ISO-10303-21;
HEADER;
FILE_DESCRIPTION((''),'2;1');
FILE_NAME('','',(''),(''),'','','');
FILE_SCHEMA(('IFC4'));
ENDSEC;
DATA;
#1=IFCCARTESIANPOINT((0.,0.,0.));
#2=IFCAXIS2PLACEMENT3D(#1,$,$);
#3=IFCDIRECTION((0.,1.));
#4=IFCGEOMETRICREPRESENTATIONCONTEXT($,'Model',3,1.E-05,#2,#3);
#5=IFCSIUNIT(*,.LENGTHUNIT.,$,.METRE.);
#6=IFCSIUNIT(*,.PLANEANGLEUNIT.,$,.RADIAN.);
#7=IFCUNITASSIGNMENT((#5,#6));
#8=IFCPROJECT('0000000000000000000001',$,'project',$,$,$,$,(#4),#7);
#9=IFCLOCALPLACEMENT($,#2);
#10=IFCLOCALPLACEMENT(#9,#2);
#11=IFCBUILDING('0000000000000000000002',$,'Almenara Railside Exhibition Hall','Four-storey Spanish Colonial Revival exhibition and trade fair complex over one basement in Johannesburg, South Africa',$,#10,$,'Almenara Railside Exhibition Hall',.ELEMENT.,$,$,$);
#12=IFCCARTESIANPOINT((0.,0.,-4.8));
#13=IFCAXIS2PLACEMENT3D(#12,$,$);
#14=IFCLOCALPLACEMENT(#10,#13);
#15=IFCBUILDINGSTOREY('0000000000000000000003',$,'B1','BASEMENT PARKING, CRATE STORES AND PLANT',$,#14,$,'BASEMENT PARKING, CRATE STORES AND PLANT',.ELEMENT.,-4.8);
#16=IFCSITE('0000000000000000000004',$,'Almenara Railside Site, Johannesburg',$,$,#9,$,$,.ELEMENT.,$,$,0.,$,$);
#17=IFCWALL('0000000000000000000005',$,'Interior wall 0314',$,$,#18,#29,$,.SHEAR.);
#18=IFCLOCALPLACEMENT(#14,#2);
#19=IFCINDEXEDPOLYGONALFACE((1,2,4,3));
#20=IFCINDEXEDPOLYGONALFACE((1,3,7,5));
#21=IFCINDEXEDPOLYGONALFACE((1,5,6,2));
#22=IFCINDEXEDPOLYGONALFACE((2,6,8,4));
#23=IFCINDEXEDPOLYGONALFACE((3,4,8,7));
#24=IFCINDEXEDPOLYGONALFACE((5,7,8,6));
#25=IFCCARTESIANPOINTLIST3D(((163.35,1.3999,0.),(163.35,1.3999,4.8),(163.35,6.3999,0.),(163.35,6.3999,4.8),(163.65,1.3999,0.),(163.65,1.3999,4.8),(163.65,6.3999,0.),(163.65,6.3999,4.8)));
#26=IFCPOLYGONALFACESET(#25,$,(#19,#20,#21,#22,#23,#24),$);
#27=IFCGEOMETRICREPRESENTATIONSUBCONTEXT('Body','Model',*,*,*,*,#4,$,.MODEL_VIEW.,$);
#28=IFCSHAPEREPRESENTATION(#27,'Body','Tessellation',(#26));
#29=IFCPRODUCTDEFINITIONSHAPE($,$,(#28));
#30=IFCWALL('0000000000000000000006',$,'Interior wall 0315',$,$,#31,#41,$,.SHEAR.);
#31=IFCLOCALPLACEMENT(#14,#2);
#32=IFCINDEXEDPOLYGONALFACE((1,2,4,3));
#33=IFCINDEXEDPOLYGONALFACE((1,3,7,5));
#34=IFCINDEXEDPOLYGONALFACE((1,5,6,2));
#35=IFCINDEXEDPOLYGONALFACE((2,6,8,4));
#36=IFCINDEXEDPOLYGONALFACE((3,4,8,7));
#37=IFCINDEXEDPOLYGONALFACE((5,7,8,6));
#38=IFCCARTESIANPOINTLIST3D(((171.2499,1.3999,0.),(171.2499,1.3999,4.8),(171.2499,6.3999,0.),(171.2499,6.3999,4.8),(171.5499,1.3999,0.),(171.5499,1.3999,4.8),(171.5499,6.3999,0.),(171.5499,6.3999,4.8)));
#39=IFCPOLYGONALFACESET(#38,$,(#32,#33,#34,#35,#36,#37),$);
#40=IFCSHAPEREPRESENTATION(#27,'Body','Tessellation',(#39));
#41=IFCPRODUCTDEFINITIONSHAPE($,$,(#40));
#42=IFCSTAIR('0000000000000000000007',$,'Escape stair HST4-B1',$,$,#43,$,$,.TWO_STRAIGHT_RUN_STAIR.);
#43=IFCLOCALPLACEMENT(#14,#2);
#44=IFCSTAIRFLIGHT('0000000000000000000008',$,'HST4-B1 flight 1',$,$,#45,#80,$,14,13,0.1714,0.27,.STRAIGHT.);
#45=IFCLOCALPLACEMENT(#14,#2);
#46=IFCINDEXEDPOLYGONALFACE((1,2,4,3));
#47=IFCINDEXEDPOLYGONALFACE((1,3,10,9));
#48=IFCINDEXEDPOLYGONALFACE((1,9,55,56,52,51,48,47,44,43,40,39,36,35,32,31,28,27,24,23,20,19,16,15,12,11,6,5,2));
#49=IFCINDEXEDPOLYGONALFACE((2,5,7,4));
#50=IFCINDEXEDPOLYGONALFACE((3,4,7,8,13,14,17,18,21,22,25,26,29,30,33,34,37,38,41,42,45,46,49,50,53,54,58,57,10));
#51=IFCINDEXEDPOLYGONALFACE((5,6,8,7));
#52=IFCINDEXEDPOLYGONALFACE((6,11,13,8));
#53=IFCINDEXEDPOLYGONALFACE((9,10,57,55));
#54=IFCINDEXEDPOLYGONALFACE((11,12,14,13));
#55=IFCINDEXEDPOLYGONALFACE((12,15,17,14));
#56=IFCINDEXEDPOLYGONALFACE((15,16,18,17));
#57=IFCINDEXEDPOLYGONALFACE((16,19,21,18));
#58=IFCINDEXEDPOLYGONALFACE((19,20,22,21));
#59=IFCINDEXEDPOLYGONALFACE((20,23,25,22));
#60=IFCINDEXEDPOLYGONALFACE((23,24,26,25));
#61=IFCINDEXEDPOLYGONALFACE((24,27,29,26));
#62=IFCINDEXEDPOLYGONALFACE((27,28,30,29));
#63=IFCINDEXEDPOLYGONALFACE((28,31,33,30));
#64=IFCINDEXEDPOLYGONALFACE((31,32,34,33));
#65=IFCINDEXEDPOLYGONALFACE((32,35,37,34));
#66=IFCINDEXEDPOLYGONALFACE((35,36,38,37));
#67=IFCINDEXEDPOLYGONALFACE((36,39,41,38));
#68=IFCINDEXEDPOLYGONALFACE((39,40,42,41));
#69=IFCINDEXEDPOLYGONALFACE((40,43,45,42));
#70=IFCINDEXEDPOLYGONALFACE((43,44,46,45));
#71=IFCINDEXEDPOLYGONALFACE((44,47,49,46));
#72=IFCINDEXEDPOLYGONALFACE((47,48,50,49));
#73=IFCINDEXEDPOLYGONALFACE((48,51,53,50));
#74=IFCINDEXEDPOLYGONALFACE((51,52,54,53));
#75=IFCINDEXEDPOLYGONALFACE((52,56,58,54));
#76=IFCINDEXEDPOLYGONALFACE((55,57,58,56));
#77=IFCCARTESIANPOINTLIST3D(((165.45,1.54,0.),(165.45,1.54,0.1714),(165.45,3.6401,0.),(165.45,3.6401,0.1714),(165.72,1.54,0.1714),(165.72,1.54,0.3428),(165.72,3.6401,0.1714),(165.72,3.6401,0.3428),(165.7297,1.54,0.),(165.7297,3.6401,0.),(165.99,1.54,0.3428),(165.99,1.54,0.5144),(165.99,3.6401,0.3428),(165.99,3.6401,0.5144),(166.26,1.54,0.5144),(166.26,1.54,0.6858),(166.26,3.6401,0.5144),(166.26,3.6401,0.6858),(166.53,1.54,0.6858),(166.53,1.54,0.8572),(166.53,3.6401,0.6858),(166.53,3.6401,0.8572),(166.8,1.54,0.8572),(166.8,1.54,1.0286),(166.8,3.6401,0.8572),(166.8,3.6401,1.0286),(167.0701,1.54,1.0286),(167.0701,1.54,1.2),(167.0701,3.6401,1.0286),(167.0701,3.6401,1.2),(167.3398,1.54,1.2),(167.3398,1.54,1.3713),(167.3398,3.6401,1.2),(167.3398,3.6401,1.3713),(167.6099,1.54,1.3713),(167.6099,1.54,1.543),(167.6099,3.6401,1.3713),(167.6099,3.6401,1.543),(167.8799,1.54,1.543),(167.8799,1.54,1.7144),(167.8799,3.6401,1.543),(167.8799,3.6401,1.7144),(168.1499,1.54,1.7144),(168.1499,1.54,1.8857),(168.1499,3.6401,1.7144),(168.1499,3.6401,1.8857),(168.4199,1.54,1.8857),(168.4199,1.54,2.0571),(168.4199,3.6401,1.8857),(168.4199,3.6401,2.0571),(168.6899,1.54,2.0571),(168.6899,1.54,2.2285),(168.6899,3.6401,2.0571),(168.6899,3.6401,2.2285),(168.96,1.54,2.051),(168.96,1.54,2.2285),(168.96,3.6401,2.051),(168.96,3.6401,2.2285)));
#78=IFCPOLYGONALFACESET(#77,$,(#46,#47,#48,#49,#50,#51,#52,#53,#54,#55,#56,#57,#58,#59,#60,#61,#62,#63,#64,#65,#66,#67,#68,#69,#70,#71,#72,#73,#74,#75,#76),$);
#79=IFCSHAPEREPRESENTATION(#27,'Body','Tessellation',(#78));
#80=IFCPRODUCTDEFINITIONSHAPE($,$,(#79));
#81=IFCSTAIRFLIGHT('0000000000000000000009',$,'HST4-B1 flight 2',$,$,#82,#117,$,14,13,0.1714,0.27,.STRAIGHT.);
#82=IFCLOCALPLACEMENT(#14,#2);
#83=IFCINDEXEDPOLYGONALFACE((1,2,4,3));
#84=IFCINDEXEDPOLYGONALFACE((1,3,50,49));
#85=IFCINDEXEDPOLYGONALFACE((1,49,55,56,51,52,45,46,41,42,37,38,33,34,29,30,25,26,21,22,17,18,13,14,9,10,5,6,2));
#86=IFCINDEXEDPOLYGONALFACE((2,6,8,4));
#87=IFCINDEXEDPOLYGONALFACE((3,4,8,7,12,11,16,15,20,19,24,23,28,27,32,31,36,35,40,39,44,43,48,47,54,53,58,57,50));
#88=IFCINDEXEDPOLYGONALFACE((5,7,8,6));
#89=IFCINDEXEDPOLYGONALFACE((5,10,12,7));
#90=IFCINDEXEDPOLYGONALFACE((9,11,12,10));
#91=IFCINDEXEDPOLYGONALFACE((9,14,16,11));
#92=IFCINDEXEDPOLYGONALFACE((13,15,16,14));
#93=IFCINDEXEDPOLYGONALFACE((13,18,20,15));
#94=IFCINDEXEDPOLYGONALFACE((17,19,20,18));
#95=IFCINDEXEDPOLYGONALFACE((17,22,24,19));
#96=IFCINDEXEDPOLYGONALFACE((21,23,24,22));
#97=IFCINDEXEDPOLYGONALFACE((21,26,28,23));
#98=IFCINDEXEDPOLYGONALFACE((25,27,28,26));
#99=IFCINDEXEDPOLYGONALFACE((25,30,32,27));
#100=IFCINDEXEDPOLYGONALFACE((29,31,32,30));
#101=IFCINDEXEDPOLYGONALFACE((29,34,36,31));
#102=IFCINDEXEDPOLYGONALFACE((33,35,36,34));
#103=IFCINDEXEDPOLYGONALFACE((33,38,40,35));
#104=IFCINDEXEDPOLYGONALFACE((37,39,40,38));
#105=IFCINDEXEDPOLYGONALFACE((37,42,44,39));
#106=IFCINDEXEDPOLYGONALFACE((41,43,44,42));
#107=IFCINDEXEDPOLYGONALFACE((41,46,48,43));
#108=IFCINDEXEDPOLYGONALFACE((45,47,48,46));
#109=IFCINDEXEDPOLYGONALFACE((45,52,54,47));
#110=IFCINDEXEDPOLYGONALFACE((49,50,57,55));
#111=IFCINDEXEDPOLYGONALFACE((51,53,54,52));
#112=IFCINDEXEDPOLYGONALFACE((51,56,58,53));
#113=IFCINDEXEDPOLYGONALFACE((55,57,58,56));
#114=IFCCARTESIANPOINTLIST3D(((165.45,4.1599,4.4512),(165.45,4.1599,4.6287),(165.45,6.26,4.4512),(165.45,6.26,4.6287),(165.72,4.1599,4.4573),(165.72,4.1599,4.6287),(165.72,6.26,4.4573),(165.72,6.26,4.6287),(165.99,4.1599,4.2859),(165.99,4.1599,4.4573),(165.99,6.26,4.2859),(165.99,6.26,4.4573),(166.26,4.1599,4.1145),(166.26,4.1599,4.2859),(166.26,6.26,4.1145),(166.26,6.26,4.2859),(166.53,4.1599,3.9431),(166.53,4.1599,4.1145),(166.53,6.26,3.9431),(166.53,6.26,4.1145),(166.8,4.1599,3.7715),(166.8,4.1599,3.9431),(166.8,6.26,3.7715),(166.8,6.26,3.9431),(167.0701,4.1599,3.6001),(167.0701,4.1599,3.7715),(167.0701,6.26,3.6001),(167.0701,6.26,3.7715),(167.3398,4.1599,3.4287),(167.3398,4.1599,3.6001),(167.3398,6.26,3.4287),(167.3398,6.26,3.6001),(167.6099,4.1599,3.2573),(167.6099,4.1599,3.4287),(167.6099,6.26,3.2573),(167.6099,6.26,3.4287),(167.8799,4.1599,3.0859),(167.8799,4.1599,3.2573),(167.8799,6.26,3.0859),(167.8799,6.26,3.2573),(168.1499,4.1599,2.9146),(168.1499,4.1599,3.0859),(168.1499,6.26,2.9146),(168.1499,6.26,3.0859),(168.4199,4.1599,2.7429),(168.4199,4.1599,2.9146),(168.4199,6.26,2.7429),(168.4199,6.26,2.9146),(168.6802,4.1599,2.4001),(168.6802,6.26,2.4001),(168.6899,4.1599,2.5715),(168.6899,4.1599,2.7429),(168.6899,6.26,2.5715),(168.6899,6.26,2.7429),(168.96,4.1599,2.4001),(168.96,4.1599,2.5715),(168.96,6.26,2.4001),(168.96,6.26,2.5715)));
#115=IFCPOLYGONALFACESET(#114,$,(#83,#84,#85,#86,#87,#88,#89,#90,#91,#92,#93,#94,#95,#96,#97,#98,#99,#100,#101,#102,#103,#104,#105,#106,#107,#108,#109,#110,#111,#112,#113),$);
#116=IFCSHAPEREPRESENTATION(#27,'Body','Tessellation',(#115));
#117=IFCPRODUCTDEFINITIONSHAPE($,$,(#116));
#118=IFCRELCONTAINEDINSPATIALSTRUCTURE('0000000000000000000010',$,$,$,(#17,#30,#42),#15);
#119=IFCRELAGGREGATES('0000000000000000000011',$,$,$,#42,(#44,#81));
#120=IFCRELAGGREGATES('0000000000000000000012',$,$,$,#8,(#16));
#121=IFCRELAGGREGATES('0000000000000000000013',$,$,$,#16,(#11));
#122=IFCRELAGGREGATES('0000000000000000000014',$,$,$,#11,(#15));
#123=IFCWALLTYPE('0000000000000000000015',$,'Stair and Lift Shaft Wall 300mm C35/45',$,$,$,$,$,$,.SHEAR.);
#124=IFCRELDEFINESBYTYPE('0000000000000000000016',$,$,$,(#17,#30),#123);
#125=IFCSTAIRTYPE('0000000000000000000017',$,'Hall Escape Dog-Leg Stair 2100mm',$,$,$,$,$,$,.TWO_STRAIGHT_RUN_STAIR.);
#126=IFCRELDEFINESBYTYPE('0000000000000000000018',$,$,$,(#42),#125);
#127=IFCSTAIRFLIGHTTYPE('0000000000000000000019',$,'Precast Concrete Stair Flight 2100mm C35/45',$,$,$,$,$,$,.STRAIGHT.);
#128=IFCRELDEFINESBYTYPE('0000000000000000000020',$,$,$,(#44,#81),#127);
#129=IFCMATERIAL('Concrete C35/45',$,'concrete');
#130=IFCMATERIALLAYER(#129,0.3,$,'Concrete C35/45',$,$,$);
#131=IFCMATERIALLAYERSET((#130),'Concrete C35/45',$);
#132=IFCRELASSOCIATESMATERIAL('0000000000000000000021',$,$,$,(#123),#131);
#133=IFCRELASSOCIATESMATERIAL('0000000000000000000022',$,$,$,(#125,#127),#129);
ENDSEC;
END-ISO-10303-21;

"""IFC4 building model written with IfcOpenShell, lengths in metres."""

from ifc_helpers import new_model, si_unit, direction, frame, frame_2d, origin, place, context, subcontext, project, spatial, polyline, rectangle, outline, extrude, material, layer, layer_set, type_object, element, aggregate, save


model = new_model("IFC4")

# Units and contexts
model_context = context("Model", 3, precision=1e-05, world=origin(), true_north=direction((0.0, 1.0)))
body_context = subcontext(model_context, "Body", "Model", "MODEL_VIEW")
ifc_project = project(units=[si_unit("LENGTHUNIT", "METRE"), si_unit("PLANEANGLEUNIT", "RADIAN")], contexts=[model_context])

# Site, building, storey
site_placement = place(None, origin())
site = spatial("IfcSite", under=ifc_project, at=site_placement, Name="Almenara Railside Site, Johannesburg", CompositionType="ELEMENT", RefElevation=0.0)
building_placement = place(site_placement, origin())
building = spatial("IfcBuilding", under=site, at=building_placement, Name="Almenara Railside Exhibition Hall", Description="Four-storey Spanish Colonial Revival exhibition and trade fair complex over one basement in Johannesburg, South Africa", LongName="Almenara Railside Exhibition Hall", CompositionType="ELEMENT")
storey_placement = place(building_placement, frame((0.0, 0.0, -4.8)))
storey = spatial("IfcBuildingStorey", under=building, at=storey_placement, Name="B1", Description="BASEMENT PARKING, CRATE STORES AND PLANT", LongName="BASEMENT PARKING, CRATE STORES AND PLANT", CompositionType="ELEMENT", Elevation=-4.8)

# Shared definitions
ifc_material_1 = material(Name="Concrete C35/45", Category="concrete")

# Shared definitions
ifc_layer_1 = layer(ifc_material_1, 0.3, Name="Concrete C35/45")
ifc_layer_set_1 = layer_set([ifc_layer_1], Name="Concrete C35/45")
wall_type_1 = type_object("IfcWallType", Name="Stair and Lift Shaft Wall 300mm C35/45", PredefinedType="SHEAR", material=ifc_layer_set_1)

# Walls
for number, where, z_axis, x_axis, name in (
    (1, (163.5, 6.3999, 0.0), (0.0, 0.0, 1.0), (0.0, -1.0, 0.0), "Interior wall 0314"),
    (2, (171.3999, 1.3999, 0.0), (0.0, 0.0, 1.0), (0.0, 1.0, 0.0), "Interior wall 0315"),
):
    element("IfcWall", number, at=place(storey_placement, frame(where, z_axis=z_axis, x_axis=x_axis)), inside=storey, type_object=wall_type_1, Name=name, PredefinedType="SHEAR", context=body_context, shape_type="SweptSolid", body=[
        extrude(rectangle(XDim=5.0, YDim=0.3, at=frame_2d((2.5, 0.0))), origin(), (0.0, 0.0, 1.0), 4.8),
    ])

# Stair, stair flights
stair_type = type_object("IfcStairType", Name="Hall Escape Dog-Leg Stair 2100mm", PredefinedType="TWO_STRAIGHT_RUN_STAIR", material=ifc_material_1)
stair_placement = place(storey_placement, origin())
stair = element("IfcStair", 3, at=stair_placement, inside=storey, type_object=stair_type, Name="Escape stair HST4-B1", PredefinedType="TWO_STRAIGHT_RUN_STAIR")
stair_flight_type = type_object("IfcStairFlightType", Name="Precast Concrete Stair Flight 2100mm C35/45", PredefinedType="STRAIGHT", material=ifc_material_1)
stair_flight_1_placement = place(storey_placement, frame((165.45, 2.5901, 0.0), z_axis=(0.0, 0.0, 1.0), x_axis=(1.0, 0.0, 0.0)))
stair_flight_1 = element("IfcStairFlight", 4, at=stair_flight_1_placement, type_object=stair_flight_type, Name="HST4-B1 flight 1", NumberOfRisers=14, NumberOfTreads=13, PredefinedType="STRAIGHT", RiserHeight=0.1714, TreadLength=0.27, context=body_context, shape_type="SweptSolid", body=[
    extrude(outline(polyline([(0.0, 0.0), (0.0, 0.1714), (0.27, 0.1714), (0.27, 0.3428), (0.54, 0.3428), (0.54, 0.5144), (0.8101, 0.5144), (0.8101, 0.6858), (1.0801, 0.6858), (1.0801, 0.8572), (1.3501, 0.8572), (1.3501, 1.0286), (1.6201, 1.0286), (1.6201, 1.2), (1.8899, 1.2), (1.8899, 1.3713), (2.1599, 1.3713), (2.1599, 1.543), (2.4299, 1.543), (2.4299, 1.7144), (2.7, 1.7144), (2.7, 1.8857), (2.97, 1.8857), (2.97, 2.0571), (3.24, 2.0571), (3.24, 2.2285), (3.51, 2.2285), (3.51, 2.3999), (3.51, 2.051), (0.2798, 0.0), (0.0, 0.0)])), frame((0.0, 1.05, 0.0), z_axis=(0.0, -1.0, 0.0), x_axis=(1.0, 0.0, 0.0)), (0.0, 0.0, 1.0), 2.1001),
])
stair_flight_2_placement = place(storey_placement, frame((168.96, 5.21, 2.4001), z_axis=(0.0, 0.0, 1.0), x_axis=(-1.0, 0.0, 0.0)))
stair_flight_2 = element("IfcStairFlight", 5, at=stair_flight_2_placement, type_object=stair_flight_type, Name="HST4-B1 flight 2", NumberOfRisers=14, NumberOfTreads=13, PredefinedType="STRAIGHT", RiserHeight=0.1714, TreadLength=0.27, context=body_context, shape_type="SweptSolid", body=[
    extrude(outline(polyline([(0.0, 0.0), (0.0, 0.1714), (0.27, 0.1714), (0.27, 0.3428), (0.54, 0.3428), (0.54, 0.5144), (0.8101, 0.5144), (0.8101, 0.6858), (1.0801, 0.6858), (1.0801, 0.8572), (1.3501, 0.8572), (1.3501, 1.0286), (1.6201, 1.0286), (1.6201, 1.2), (1.8899, 1.2), (1.8899, 1.3713), (2.1599, 1.3713), (2.1599, 1.543), (2.4299, 1.543), (2.4299, 1.7144), (2.7, 1.7144), (2.7, 1.8857), (2.97, 1.8857), (2.97, 2.0571), (3.24, 2.0571), (3.24, 2.2285), (3.51, 2.2285), (3.51, 2.3999), (3.51, 2.051), (0.2798, 0.0), (0.0, 0.0)])), frame((0.0, 1.05, 0.0), z_axis=(0.0, -1.0, 0.0), x_axis=(1.0, 0.0, 0.0)), (0.0, 0.0, 1.0), 2.1001),
])
aggregate(stair, [stair_flight_1, stair_flight_2])

save(model, "model.ifc")
